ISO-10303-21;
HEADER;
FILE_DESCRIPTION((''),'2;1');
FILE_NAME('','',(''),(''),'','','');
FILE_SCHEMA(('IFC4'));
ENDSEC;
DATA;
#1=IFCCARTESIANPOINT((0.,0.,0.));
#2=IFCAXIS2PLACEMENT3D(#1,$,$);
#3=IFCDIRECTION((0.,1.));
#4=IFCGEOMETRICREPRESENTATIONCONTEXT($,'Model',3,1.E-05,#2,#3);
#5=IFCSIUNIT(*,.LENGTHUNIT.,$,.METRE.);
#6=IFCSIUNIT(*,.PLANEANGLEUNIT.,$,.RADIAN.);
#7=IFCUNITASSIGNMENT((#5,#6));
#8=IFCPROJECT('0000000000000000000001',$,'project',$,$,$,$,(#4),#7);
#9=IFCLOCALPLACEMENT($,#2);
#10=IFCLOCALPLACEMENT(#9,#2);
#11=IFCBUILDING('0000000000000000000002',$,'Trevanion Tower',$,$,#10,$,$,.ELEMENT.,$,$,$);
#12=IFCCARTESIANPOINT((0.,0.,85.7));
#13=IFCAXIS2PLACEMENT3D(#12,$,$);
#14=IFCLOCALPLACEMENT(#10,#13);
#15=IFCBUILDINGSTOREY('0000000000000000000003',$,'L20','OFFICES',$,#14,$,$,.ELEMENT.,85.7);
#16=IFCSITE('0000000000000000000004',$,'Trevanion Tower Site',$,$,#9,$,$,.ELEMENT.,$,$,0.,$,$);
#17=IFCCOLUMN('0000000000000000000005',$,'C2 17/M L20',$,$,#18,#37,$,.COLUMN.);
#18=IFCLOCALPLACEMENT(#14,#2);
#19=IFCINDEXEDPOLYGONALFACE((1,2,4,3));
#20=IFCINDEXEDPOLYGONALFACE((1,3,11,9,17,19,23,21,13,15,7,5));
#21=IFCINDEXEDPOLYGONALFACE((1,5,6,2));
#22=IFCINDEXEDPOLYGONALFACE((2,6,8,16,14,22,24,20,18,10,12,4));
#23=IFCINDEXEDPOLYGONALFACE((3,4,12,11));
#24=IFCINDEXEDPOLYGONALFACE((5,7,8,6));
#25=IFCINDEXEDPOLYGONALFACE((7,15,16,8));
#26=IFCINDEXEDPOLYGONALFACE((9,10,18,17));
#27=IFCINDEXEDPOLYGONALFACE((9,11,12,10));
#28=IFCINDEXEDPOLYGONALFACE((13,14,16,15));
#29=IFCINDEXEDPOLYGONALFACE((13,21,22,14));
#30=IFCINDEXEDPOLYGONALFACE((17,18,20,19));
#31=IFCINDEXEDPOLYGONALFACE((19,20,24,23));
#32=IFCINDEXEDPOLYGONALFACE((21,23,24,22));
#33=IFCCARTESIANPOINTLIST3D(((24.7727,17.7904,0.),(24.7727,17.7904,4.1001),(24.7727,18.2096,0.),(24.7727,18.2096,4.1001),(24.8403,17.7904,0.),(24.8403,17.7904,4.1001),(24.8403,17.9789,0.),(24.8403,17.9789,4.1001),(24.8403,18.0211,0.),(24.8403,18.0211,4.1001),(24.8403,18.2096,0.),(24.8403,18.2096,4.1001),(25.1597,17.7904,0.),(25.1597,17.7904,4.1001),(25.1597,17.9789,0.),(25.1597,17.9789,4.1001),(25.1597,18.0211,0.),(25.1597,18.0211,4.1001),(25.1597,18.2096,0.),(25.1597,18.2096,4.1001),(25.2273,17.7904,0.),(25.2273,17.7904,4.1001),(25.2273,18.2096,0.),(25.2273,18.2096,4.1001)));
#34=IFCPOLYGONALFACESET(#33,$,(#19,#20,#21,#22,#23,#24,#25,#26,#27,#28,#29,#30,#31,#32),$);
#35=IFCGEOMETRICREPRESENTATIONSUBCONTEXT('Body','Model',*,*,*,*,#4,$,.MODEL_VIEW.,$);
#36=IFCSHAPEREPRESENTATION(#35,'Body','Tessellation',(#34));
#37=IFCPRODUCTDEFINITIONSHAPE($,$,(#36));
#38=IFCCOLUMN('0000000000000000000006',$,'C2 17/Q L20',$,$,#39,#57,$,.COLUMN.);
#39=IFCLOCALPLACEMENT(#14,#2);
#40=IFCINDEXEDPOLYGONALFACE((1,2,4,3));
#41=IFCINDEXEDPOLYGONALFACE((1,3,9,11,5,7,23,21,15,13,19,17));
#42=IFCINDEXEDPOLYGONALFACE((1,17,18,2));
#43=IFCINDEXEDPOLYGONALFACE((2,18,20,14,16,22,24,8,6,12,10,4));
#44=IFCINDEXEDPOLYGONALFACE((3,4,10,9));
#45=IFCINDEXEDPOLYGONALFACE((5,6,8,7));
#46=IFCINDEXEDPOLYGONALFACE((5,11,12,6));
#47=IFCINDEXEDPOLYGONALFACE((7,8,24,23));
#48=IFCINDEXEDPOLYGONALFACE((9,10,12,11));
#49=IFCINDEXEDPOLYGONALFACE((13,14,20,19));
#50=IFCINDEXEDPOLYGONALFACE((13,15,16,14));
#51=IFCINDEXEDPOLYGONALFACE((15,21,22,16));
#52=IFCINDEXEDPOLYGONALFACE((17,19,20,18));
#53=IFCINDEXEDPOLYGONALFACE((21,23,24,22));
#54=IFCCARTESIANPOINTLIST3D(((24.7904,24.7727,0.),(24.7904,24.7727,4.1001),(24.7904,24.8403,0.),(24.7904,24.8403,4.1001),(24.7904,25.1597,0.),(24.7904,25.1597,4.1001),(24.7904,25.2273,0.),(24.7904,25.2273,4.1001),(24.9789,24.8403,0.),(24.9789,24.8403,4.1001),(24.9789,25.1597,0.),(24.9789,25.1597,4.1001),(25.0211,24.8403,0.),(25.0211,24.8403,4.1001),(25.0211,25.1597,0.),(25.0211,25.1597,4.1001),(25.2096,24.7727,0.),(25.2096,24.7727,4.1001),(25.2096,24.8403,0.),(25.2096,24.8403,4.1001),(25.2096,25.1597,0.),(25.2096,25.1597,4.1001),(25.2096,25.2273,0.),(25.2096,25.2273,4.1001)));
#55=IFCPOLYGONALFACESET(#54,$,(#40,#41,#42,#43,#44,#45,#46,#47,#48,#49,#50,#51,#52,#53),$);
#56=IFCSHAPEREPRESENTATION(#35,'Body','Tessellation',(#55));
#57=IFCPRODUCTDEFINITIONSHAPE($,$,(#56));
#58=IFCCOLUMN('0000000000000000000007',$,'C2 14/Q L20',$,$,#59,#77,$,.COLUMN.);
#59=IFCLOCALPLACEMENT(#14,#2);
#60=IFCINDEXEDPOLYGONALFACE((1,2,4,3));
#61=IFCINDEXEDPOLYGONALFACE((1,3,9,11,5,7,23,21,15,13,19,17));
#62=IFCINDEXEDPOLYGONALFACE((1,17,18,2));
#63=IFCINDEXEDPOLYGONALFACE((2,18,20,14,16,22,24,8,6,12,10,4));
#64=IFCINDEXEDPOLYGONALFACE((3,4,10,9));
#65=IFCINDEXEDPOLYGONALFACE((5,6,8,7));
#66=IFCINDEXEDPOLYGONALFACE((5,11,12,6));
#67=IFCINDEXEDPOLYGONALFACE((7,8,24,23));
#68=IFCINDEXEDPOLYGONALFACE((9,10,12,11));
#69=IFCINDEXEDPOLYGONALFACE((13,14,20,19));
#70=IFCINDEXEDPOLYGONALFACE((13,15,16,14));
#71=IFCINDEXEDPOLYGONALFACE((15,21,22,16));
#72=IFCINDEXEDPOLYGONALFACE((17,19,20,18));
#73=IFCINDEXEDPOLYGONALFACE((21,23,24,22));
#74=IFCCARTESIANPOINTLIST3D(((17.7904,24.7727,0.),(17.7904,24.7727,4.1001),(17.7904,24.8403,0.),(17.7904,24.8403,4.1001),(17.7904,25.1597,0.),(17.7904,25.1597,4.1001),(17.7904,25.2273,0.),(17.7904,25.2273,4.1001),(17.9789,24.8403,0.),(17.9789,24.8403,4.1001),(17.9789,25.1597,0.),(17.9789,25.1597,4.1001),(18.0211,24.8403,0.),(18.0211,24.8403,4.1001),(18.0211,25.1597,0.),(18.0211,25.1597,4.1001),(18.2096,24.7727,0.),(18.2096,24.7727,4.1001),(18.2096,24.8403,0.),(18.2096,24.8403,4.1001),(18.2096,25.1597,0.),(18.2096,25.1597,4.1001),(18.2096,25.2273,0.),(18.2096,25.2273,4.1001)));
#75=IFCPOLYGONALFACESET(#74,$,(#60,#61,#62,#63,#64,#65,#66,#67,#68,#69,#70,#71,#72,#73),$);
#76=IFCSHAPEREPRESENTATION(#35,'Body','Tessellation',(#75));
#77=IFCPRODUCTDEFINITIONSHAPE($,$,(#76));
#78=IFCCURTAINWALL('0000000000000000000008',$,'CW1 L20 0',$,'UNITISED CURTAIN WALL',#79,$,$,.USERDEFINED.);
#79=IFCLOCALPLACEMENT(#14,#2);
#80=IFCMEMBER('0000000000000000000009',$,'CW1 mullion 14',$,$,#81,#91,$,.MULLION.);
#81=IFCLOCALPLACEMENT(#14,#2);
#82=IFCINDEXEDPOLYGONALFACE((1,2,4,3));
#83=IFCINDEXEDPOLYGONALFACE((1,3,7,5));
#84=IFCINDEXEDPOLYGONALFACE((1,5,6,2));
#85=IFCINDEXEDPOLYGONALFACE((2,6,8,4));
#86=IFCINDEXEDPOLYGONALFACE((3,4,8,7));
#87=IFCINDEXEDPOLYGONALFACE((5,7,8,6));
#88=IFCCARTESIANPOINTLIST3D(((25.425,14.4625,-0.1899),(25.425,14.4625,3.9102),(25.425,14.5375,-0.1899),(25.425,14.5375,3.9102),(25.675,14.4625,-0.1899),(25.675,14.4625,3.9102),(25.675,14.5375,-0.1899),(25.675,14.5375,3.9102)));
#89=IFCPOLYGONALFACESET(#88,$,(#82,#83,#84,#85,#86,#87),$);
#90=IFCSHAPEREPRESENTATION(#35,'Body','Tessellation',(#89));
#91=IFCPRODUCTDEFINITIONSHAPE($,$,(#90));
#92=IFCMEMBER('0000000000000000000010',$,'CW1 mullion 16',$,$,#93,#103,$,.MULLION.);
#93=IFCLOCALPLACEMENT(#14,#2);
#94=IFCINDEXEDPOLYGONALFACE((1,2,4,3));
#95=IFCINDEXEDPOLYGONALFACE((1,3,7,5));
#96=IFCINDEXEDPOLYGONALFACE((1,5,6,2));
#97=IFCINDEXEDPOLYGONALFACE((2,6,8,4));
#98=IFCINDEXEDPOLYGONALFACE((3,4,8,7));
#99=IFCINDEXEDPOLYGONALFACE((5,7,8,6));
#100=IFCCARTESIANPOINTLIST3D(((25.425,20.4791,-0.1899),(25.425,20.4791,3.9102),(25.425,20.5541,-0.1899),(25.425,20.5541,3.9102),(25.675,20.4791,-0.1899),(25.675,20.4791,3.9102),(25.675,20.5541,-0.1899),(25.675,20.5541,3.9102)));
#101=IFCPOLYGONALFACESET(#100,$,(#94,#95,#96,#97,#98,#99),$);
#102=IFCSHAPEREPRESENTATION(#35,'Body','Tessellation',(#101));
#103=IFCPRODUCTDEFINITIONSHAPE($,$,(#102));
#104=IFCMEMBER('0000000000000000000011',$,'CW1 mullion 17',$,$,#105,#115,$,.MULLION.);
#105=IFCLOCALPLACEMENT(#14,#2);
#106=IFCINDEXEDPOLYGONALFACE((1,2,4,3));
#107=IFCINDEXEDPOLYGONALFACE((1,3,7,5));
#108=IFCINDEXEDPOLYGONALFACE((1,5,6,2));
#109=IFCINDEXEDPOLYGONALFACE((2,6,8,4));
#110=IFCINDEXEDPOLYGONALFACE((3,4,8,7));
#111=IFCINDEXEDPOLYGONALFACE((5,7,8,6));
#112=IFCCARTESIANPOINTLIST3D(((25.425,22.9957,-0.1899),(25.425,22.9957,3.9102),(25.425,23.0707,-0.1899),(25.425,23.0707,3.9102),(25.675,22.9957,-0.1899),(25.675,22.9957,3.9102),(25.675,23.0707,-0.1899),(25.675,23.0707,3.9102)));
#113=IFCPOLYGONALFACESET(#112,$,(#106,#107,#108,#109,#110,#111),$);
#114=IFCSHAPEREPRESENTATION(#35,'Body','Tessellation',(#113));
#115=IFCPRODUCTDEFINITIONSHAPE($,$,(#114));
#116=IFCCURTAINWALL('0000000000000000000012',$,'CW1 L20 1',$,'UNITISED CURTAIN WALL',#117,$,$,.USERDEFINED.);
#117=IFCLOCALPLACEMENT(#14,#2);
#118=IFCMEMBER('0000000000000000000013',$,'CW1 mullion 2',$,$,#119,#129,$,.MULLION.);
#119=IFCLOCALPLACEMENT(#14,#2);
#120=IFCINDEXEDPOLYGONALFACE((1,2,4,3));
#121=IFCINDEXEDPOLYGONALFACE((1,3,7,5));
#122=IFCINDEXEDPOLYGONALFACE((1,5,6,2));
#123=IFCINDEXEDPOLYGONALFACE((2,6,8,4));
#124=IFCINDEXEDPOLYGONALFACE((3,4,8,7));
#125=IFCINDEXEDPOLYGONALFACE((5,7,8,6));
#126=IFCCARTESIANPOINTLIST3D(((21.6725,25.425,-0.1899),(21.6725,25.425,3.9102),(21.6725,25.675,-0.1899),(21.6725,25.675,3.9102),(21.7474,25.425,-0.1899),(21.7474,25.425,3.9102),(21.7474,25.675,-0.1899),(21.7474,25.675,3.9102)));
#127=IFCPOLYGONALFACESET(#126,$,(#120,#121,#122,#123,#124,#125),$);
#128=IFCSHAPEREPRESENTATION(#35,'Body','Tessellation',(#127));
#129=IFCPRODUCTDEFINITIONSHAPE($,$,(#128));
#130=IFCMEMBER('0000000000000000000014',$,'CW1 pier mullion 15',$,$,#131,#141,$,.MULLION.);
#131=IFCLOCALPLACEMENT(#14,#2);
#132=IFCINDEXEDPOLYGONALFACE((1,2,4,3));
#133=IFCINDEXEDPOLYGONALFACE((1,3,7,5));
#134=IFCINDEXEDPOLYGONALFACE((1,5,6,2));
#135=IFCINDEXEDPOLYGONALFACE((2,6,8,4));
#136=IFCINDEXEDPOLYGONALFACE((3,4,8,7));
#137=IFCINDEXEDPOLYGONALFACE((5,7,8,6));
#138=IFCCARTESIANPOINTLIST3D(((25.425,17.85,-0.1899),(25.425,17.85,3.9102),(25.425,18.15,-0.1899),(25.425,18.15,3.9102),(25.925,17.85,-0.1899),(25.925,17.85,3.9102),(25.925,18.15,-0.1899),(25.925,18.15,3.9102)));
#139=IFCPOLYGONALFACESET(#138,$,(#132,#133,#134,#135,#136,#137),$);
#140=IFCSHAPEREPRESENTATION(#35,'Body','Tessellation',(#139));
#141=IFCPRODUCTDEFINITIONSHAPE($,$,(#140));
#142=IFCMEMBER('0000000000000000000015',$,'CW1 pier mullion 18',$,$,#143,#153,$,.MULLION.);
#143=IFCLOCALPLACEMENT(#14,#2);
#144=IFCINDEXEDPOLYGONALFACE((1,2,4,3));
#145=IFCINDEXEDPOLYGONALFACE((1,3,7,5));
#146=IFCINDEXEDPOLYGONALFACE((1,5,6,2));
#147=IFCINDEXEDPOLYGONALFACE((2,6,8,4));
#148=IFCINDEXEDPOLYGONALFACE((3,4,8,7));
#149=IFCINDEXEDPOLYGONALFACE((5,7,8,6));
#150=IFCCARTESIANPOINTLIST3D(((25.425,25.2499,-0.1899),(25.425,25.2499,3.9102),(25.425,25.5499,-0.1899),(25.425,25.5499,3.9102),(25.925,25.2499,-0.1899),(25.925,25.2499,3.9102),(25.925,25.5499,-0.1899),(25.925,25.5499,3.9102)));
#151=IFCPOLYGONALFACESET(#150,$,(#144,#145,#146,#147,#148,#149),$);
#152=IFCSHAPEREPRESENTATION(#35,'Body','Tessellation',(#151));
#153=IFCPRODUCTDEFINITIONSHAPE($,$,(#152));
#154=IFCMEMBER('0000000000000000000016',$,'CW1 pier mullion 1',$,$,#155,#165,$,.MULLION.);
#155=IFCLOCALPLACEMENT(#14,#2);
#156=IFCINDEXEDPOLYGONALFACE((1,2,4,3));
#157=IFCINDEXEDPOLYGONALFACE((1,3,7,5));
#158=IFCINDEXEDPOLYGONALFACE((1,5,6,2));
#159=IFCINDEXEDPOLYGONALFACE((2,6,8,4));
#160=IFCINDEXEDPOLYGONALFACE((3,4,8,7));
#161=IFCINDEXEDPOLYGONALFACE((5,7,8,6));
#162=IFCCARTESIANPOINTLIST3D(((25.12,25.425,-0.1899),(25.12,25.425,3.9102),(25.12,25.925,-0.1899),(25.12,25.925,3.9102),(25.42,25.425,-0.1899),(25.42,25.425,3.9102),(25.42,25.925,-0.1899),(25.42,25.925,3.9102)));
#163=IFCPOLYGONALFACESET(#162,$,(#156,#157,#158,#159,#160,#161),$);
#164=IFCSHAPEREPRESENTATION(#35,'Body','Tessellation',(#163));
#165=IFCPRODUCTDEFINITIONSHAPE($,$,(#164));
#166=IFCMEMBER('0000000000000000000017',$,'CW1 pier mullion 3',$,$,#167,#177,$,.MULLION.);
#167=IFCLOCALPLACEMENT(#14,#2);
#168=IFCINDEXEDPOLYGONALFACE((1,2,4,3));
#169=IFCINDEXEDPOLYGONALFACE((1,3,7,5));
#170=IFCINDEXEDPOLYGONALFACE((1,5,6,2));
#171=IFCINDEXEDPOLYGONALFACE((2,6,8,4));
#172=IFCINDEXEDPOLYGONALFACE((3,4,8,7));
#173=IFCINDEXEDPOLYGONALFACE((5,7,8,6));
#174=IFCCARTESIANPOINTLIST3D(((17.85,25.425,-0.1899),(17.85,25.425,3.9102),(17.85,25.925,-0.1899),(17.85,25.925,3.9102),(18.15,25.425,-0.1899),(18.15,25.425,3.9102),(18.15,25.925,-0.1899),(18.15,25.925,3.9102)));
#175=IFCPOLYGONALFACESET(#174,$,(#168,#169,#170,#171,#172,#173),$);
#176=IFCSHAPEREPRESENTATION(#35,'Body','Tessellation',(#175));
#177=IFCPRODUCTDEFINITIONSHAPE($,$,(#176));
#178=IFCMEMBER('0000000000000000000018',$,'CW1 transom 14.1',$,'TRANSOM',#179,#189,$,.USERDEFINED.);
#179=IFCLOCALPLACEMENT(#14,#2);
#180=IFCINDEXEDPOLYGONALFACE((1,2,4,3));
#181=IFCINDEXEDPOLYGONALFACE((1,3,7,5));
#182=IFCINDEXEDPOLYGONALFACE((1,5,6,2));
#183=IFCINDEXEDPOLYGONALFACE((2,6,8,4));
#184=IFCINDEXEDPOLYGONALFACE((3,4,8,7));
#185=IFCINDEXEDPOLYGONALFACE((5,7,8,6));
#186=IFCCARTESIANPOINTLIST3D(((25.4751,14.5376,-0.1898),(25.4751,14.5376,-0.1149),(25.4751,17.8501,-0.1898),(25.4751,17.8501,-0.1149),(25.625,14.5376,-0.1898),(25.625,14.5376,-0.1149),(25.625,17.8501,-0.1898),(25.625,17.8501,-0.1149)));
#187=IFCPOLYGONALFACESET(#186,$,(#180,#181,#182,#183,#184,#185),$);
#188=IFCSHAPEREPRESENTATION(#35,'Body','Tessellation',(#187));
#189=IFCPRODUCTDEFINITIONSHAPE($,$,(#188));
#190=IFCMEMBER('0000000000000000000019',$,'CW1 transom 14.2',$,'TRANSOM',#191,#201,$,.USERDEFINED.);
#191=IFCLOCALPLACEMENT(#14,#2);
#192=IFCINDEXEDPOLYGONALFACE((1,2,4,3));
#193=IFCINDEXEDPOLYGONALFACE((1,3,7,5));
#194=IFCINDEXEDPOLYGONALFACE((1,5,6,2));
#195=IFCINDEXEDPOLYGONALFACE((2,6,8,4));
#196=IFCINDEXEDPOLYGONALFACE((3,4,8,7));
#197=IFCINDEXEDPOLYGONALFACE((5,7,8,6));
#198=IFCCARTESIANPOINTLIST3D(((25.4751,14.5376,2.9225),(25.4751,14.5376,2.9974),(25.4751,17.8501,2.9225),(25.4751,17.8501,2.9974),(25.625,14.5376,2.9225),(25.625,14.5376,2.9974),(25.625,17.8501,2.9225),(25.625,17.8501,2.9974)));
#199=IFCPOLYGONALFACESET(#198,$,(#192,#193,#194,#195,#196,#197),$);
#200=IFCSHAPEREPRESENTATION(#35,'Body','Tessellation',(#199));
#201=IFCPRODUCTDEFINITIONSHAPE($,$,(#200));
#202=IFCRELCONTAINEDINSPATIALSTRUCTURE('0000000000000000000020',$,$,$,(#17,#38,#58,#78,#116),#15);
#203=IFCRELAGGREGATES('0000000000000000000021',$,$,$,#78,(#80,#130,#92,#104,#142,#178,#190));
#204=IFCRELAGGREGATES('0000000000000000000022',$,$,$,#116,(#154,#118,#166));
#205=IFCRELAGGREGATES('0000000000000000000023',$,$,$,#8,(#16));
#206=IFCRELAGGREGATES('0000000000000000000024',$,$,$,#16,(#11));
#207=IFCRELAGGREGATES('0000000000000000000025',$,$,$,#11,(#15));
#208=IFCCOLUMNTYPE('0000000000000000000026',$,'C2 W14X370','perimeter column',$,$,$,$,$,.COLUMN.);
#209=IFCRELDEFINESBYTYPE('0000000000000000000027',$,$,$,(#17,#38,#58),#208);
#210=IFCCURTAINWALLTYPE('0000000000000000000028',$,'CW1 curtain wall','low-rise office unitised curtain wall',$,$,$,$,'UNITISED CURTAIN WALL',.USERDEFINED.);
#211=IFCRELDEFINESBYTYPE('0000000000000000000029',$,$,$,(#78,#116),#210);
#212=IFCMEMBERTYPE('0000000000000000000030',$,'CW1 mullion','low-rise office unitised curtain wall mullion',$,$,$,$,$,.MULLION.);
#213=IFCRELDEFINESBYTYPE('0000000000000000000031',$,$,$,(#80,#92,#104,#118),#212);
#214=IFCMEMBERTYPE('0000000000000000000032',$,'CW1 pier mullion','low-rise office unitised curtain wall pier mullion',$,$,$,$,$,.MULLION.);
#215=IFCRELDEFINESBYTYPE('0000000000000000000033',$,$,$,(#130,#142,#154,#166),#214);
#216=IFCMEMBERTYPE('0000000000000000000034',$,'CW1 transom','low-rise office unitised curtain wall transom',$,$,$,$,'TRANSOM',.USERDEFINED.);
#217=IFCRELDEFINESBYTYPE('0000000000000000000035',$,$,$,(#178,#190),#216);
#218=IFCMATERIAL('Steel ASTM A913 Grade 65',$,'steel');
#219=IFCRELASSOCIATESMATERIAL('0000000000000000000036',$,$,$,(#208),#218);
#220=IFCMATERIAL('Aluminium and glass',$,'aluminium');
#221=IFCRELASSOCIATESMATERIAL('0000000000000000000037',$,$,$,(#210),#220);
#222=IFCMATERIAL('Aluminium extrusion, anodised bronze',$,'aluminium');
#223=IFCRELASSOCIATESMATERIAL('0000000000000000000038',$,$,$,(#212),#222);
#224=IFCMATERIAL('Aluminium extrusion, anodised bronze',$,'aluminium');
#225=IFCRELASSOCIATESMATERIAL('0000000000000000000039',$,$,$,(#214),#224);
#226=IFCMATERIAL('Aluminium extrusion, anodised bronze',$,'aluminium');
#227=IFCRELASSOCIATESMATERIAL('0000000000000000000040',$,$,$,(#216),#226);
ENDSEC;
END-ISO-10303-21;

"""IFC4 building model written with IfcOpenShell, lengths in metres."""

from ifc_helpers import new_model, si_unit, direction, frame, origin, origin_2d, place, context, subcontext, project, spatial, rectangle, i_section, extrude, material, material_profile, profile_set, type_object, element, aggregate, save


model = new_model("IFC4")

# Units and contexts
model_context = context("Model", 3, precision=1e-05, world=origin(), true_north=direction((0.0, 1.0)))
body_context = subcontext(model_context, "Body", "Model", "MODEL_VIEW")
ifc_project = project(units=[si_unit("LENGTHUNIT", "METRE"), si_unit("PLANEANGLEUNIT", "RADIAN")], contexts=[model_context])

# Site, building, storey
site_placement = place(None, origin())
site = spatial("IfcSite", under=ifc_project, at=site_placement, Name="Trevanion Tower Site", CompositionType="ELEMENT", RefElevation=0.0)
building_placement = place(site_placement, origin())
building = spatial("IfcBuilding", under=site, at=building_placement, Name="Trevanion Tower", CompositionType="ELEMENT")
storey_placement = place(building_placement, frame((0.0, 0.0, 85.7)))
storey = spatial("IfcBuildingStorey", under=building, at=storey_placement, Name="L20", Description="OFFICES", CompositionType="ELEMENT", Elevation=85.7)

# Columns
ifc_material_1 = material(Name="Steel ASTM A913 Grade 65", Category="steel")
ifc_material_profile_1 = material_profile(ifc_material_1, i_section(OverallWidth=0.4192, OverallDepth=0.4546, WebThickness=0.0422, FlangeThickness=0.0676, at=origin_2d()), Name="W14X370")
ifc_profile_set_1 = profile_set([ifc_material_profile_1], Name="Steel ASTM A913 Grade 65")
column_type = type_object("IfcColumnType", Name="C2 W14X370", Description="perimeter column", PredefinedType="COLUMN", material=ifc_profile_set_1)
for number, where, z_axis, x_axis, name in (
    (1, (25.0, 18.0, 0.0), (0.0, 0.0, 1.0), (0.0, 1.0, 0.0), "C2 17/M L20"),
    (2, (25.0, 25.0, 0.0), (0.0, 0.0, 1.0), (1.0, 0.0, 0.0), "C2 17/Q L20"),
    (3, (18.0, 25.0, 0.0), (0.0, 0.0, 1.0), (1.0, 0.0, 0.0), "C2 14/Q L20"),
):
    element("IfcColumn", number, at=place(storey_placement, frame(where, z_axis=z_axis, x_axis=x_axis)), inside=storey, type_object=column_type, Name=name, PredefinedType="COLUMN", context=body_context, shape_type="SweptSolid", body=[
        extrude(i_section(OverallWidth=0.4192, OverallDepth=0.4546, WebThickness=0.0422, FlangeThickness=0.0676, at=origin_2d()), origin(), (0.0, 0.0, 1.0), 4.1001),
    ])

# Curtain wall, members
ifc_material_2 = material(Name="Aluminium and glass", Category="aluminium")
curtain_wall_type = type_object("IfcCurtainWallType", Name="CW1 curtain wall", Description="low-rise office unitised curtain wall", ElementType="UNITISED CURTAIN WALL", PredefinedType="USERDEFINED", material=ifc_material_2)
curtain_wall_1_placement = place(storey_placement, origin())
curtain_wall_1 = element("IfcCurtainWall", 4, at=curtain_wall_1_placement, inside=storey, type_object=curtain_wall_type, Name="CW1 L20 0", ObjectType="UNITISED CURTAIN WALL", PredefinedType="USERDEFINED")
ifc_material_3 = material(Name="Aluminium extrusion, anodised bronze", Category="aluminium")
ifc_material_profile_2 = material_profile(ifc_material_3, rectangle(XDim=0.075, YDim=0.25, at=origin_2d()), Name="CW1 mullion")
ifc_profile_set_2 = profile_set([ifc_material_profile_2], Name="Aluminium extrusion, anodised bronze")
member_type_1 = type_object("IfcMemberType", Name="CW1 mullion", Description="low-rise office unitised curtain wall mullion", PredefinedType="MULLION", material=ifc_profile_set_2)
member_1_placement = place(storey_placement, frame((25.55, 14.5, -0.1899), z_axis=(0.0, 0.0, 1.0), x_axis=(0.0, 1.0, 0.0)))
member_1 = element("IfcMember", 5, at=member_1_placement, type_object=member_type_1, Name="CW1 mullion 14", PredefinedType="MULLION", context=body_context, shape_type="SweptSolid", body=[
    extrude(rectangle(XDim=0.075, YDim=0.25, at=origin_2d()), origin(), (0.0, 0.0, 1.0), 4.1001),
])
member_2_placement = place(storey_placement, frame((25.55, 20.5166, -0.1899), z_axis=(0.0, 0.0, 1.0), x_axis=(0.0, 1.0, 0.0)))
member_2 = element("IfcMember", 6, at=member_2_placement, type_object=member_type_1, Name="CW1 mullion 16", PredefinedType="MULLION", context=body_context, shape_type="SweptSolid", body=[
    extrude(rectangle(XDim=0.075, YDim=0.25, at=origin_2d()), origin(), (0.0, 0.0, 1.0), 4.1001),
])
member_3_placement = place(storey_placement, frame((25.55, 23.0332, -0.1899), z_axis=(0.0, 0.0, 1.0), x_axis=(0.0, 1.0, 0.0)))
member_3 = element("IfcMember", 7, at=member_3_placement, type_object=member_type_1, Name="CW1 mullion 17", PredefinedType="MULLION", context=body_context, shape_type="SweptSolid", body=[
    extrude(rectangle(XDim=0.075, YDim=0.25, at=origin_2d()), origin(), (0.0, 0.0, 1.0), 4.1001),
])

# Curtain wall, member
curtain_wall_2_placement = place(storey_placement, origin())
curtain_wall_2 = element("IfcCurtainWall", 8, at=curtain_wall_2_placement, inside=storey, type_object=curtain_wall_type, Name="CW1 L20 1", ObjectType="UNITISED CURTAIN WALL", PredefinedType="USERDEFINED")
member_4_placement = place(storey_placement, frame((21.71, 25.55, -0.1899), z_axis=(0.0, 0.0, 1.0), x_axis=(-1.0, 0.0, 0.0)))
member_4 = element("IfcMember", 9, at=member_4_placement, type_object=member_type_1, Name="CW1 mullion 2", PredefinedType="MULLION", context=body_context, shape_type="SweptSolid", body=[
    extrude(rectangle(XDim=0.075, YDim=0.25, at=origin_2d()), origin(), (0.0, 0.0, 1.0), 4.1001),
])

# Members
ifc_material_4 = material(Name="Aluminium extrusion, anodised bronze", Category="aluminium")
ifc_material_profile_3 = material_profile(ifc_material_4, rectangle(XDim=0.3, YDim=0.5, at=origin_2d()), Name="CW1 pier mullion")
ifc_profile_set_3 = profile_set([ifc_material_profile_3], Name="Aluminium extrusion, anodised bronze")
member_type_2 = type_object("IfcMemberType", Name="CW1 pier mullion", Description="low-rise office unitised curtain wall pier mullion", PredefinedType="MULLION", material=ifc_profile_set_3)
member_5_placement = place(storey_placement, frame((25.675, 18.0, -0.1899), z_axis=(0.0, 0.0, 1.0), x_axis=(0.0, 1.0, 0.0)))
member_5 = element("IfcMember", 10, at=member_5_placement, type_object=member_type_2, Name="CW1 pier mullion 15", PredefinedType="MULLION", context=body_context, shape_type="SweptSolid", body=[
    extrude(rectangle(XDim=0.3, YDim=0.5, at=origin_2d()), origin(), (0.0, 0.0, 1.0), 4.1001),
])
member_6_placement = place(storey_placement, frame((25.675, 25.3999, -0.1899), z_axis=(0.0, 0.0, 1.0), x_axis=(0.0, 1.0, 0.0)))
member_6 = element("IfcMember", 11, at=member_6_placement, type_object=member_type_2, Name="CW1 pier mullion 18", PredefinedType="MULLION", context=body_context, shape_type="SweptSolid", body=[
    extrude(rectangle(XDim=0.3, YDim=0.5, at=origin_2d()), origin(), (0.0, 0.0, 1.0), 4.1001),
])
member_7_placement = place(storey_placement, frame((25.27, 25.675, -0.1899), z_axis=(0.0, 0.0, 1.0), x_axis=(-1.0, 0.0, 0.0)))
member_7 = element("IfcMember", 12, at=member_7_placement, type_object=member_type_2, Name="CW1 pier mullion 1", PredefinedType="MULLION", context=body_context, shape_type="SweptSolid", body=[
    extrude(rectangle(XDim=0.3, YDim=0.5, at=origin_2d()), origin(), (0.0, 0.0, 1.0), 4.1001),
])
member_8_placement = place(storey_placement, frame((18.0, 25.675, -0.1899), z_axis=(0.0, 0.0, 1.0), x_axis=(-1.0, 0.0, 0.0)))
member_8 = element("IfcMember", 13, at=member_8_placement, type_object=member_type_2, Name="CW1 pier mullion 3", PredefinedType="MULLION", context=body_context, shape_type="SweptSolid", body=[
    extrude(rectangle(XDim=0.3, YDim=0.5, at=origin_2d()), origin(), (0.0, 0.0, 1.0), 4.1001),
])
ifc_material_5 = material(Name="Aluminium extrusion, anodised bronze", Category="aluminium")
ifc_material_profile_4 = material_profile(ifc_material_5, rectangle(XDim=0.1499, YDim=0.075, at=origin_2d()), Name="CW1 transom")
ifc_profile_set_4 = profile_set([ifc_material_profile_4], Name="Aluminium extrusion, anodised bronze")
member_type_3 = type_object("IfcMemberType", Name="CW1 transom", Description="low-rise office unitised curtain wall transom", ElementType="TRANSOM", PredefinedType="USERDEFINED", material=ifc_profile_set_4)
member_9_placement = place(storey_placement, frame((25.55, 14.5376, -0.1523), z_axis=(0.0, 1.0, 0.0), x_axis=(-1.0, 0.0, 0.0)))
member_9 = element("IfcMember", 14, at=member_9_placement, type_object=member_type_3, Name="CW1 transom 14.1", ObjectType="TRANSOM", PredefinedType="USERDEFINED", context=body_context, shape_type="SweptSolid", body=[
    extrude(rectangle(XDim=0.1499, YDim=0.075, at=origin_2d()), origin(), (0.0, 0.0, 1.0), 3.3125),
])
member_10_placement = place(storey_placement, frame((25.55, 14.5376, 2.96), z_axis=(0.0, 1.0, 0.0), x_axis=(-1.0, 0.0, 0.0)))
member_10 = element("IfcMember", 15, at=member_10_placement, type_object=member_type_3, Name="CW1 transom 14.2", ObjectType="TRANSOM", PredefinedType="USERDEFINED", context=body_context, shape_type="SweptSolid", body=[
    extrude(rectangle(XDim=0.1499, YDim=0.075, at=origin_2d()), origin(), (0.0, 0.0, 1.0), 3.3125),
])

aggregate(curtain_wall_1, [member_1, member_5, member_2, member_3, member_6, member_9, member_10])
aggregate(curtain_wall_2, [member_7, member_4, member_8])

save(model, "model.ifc")
